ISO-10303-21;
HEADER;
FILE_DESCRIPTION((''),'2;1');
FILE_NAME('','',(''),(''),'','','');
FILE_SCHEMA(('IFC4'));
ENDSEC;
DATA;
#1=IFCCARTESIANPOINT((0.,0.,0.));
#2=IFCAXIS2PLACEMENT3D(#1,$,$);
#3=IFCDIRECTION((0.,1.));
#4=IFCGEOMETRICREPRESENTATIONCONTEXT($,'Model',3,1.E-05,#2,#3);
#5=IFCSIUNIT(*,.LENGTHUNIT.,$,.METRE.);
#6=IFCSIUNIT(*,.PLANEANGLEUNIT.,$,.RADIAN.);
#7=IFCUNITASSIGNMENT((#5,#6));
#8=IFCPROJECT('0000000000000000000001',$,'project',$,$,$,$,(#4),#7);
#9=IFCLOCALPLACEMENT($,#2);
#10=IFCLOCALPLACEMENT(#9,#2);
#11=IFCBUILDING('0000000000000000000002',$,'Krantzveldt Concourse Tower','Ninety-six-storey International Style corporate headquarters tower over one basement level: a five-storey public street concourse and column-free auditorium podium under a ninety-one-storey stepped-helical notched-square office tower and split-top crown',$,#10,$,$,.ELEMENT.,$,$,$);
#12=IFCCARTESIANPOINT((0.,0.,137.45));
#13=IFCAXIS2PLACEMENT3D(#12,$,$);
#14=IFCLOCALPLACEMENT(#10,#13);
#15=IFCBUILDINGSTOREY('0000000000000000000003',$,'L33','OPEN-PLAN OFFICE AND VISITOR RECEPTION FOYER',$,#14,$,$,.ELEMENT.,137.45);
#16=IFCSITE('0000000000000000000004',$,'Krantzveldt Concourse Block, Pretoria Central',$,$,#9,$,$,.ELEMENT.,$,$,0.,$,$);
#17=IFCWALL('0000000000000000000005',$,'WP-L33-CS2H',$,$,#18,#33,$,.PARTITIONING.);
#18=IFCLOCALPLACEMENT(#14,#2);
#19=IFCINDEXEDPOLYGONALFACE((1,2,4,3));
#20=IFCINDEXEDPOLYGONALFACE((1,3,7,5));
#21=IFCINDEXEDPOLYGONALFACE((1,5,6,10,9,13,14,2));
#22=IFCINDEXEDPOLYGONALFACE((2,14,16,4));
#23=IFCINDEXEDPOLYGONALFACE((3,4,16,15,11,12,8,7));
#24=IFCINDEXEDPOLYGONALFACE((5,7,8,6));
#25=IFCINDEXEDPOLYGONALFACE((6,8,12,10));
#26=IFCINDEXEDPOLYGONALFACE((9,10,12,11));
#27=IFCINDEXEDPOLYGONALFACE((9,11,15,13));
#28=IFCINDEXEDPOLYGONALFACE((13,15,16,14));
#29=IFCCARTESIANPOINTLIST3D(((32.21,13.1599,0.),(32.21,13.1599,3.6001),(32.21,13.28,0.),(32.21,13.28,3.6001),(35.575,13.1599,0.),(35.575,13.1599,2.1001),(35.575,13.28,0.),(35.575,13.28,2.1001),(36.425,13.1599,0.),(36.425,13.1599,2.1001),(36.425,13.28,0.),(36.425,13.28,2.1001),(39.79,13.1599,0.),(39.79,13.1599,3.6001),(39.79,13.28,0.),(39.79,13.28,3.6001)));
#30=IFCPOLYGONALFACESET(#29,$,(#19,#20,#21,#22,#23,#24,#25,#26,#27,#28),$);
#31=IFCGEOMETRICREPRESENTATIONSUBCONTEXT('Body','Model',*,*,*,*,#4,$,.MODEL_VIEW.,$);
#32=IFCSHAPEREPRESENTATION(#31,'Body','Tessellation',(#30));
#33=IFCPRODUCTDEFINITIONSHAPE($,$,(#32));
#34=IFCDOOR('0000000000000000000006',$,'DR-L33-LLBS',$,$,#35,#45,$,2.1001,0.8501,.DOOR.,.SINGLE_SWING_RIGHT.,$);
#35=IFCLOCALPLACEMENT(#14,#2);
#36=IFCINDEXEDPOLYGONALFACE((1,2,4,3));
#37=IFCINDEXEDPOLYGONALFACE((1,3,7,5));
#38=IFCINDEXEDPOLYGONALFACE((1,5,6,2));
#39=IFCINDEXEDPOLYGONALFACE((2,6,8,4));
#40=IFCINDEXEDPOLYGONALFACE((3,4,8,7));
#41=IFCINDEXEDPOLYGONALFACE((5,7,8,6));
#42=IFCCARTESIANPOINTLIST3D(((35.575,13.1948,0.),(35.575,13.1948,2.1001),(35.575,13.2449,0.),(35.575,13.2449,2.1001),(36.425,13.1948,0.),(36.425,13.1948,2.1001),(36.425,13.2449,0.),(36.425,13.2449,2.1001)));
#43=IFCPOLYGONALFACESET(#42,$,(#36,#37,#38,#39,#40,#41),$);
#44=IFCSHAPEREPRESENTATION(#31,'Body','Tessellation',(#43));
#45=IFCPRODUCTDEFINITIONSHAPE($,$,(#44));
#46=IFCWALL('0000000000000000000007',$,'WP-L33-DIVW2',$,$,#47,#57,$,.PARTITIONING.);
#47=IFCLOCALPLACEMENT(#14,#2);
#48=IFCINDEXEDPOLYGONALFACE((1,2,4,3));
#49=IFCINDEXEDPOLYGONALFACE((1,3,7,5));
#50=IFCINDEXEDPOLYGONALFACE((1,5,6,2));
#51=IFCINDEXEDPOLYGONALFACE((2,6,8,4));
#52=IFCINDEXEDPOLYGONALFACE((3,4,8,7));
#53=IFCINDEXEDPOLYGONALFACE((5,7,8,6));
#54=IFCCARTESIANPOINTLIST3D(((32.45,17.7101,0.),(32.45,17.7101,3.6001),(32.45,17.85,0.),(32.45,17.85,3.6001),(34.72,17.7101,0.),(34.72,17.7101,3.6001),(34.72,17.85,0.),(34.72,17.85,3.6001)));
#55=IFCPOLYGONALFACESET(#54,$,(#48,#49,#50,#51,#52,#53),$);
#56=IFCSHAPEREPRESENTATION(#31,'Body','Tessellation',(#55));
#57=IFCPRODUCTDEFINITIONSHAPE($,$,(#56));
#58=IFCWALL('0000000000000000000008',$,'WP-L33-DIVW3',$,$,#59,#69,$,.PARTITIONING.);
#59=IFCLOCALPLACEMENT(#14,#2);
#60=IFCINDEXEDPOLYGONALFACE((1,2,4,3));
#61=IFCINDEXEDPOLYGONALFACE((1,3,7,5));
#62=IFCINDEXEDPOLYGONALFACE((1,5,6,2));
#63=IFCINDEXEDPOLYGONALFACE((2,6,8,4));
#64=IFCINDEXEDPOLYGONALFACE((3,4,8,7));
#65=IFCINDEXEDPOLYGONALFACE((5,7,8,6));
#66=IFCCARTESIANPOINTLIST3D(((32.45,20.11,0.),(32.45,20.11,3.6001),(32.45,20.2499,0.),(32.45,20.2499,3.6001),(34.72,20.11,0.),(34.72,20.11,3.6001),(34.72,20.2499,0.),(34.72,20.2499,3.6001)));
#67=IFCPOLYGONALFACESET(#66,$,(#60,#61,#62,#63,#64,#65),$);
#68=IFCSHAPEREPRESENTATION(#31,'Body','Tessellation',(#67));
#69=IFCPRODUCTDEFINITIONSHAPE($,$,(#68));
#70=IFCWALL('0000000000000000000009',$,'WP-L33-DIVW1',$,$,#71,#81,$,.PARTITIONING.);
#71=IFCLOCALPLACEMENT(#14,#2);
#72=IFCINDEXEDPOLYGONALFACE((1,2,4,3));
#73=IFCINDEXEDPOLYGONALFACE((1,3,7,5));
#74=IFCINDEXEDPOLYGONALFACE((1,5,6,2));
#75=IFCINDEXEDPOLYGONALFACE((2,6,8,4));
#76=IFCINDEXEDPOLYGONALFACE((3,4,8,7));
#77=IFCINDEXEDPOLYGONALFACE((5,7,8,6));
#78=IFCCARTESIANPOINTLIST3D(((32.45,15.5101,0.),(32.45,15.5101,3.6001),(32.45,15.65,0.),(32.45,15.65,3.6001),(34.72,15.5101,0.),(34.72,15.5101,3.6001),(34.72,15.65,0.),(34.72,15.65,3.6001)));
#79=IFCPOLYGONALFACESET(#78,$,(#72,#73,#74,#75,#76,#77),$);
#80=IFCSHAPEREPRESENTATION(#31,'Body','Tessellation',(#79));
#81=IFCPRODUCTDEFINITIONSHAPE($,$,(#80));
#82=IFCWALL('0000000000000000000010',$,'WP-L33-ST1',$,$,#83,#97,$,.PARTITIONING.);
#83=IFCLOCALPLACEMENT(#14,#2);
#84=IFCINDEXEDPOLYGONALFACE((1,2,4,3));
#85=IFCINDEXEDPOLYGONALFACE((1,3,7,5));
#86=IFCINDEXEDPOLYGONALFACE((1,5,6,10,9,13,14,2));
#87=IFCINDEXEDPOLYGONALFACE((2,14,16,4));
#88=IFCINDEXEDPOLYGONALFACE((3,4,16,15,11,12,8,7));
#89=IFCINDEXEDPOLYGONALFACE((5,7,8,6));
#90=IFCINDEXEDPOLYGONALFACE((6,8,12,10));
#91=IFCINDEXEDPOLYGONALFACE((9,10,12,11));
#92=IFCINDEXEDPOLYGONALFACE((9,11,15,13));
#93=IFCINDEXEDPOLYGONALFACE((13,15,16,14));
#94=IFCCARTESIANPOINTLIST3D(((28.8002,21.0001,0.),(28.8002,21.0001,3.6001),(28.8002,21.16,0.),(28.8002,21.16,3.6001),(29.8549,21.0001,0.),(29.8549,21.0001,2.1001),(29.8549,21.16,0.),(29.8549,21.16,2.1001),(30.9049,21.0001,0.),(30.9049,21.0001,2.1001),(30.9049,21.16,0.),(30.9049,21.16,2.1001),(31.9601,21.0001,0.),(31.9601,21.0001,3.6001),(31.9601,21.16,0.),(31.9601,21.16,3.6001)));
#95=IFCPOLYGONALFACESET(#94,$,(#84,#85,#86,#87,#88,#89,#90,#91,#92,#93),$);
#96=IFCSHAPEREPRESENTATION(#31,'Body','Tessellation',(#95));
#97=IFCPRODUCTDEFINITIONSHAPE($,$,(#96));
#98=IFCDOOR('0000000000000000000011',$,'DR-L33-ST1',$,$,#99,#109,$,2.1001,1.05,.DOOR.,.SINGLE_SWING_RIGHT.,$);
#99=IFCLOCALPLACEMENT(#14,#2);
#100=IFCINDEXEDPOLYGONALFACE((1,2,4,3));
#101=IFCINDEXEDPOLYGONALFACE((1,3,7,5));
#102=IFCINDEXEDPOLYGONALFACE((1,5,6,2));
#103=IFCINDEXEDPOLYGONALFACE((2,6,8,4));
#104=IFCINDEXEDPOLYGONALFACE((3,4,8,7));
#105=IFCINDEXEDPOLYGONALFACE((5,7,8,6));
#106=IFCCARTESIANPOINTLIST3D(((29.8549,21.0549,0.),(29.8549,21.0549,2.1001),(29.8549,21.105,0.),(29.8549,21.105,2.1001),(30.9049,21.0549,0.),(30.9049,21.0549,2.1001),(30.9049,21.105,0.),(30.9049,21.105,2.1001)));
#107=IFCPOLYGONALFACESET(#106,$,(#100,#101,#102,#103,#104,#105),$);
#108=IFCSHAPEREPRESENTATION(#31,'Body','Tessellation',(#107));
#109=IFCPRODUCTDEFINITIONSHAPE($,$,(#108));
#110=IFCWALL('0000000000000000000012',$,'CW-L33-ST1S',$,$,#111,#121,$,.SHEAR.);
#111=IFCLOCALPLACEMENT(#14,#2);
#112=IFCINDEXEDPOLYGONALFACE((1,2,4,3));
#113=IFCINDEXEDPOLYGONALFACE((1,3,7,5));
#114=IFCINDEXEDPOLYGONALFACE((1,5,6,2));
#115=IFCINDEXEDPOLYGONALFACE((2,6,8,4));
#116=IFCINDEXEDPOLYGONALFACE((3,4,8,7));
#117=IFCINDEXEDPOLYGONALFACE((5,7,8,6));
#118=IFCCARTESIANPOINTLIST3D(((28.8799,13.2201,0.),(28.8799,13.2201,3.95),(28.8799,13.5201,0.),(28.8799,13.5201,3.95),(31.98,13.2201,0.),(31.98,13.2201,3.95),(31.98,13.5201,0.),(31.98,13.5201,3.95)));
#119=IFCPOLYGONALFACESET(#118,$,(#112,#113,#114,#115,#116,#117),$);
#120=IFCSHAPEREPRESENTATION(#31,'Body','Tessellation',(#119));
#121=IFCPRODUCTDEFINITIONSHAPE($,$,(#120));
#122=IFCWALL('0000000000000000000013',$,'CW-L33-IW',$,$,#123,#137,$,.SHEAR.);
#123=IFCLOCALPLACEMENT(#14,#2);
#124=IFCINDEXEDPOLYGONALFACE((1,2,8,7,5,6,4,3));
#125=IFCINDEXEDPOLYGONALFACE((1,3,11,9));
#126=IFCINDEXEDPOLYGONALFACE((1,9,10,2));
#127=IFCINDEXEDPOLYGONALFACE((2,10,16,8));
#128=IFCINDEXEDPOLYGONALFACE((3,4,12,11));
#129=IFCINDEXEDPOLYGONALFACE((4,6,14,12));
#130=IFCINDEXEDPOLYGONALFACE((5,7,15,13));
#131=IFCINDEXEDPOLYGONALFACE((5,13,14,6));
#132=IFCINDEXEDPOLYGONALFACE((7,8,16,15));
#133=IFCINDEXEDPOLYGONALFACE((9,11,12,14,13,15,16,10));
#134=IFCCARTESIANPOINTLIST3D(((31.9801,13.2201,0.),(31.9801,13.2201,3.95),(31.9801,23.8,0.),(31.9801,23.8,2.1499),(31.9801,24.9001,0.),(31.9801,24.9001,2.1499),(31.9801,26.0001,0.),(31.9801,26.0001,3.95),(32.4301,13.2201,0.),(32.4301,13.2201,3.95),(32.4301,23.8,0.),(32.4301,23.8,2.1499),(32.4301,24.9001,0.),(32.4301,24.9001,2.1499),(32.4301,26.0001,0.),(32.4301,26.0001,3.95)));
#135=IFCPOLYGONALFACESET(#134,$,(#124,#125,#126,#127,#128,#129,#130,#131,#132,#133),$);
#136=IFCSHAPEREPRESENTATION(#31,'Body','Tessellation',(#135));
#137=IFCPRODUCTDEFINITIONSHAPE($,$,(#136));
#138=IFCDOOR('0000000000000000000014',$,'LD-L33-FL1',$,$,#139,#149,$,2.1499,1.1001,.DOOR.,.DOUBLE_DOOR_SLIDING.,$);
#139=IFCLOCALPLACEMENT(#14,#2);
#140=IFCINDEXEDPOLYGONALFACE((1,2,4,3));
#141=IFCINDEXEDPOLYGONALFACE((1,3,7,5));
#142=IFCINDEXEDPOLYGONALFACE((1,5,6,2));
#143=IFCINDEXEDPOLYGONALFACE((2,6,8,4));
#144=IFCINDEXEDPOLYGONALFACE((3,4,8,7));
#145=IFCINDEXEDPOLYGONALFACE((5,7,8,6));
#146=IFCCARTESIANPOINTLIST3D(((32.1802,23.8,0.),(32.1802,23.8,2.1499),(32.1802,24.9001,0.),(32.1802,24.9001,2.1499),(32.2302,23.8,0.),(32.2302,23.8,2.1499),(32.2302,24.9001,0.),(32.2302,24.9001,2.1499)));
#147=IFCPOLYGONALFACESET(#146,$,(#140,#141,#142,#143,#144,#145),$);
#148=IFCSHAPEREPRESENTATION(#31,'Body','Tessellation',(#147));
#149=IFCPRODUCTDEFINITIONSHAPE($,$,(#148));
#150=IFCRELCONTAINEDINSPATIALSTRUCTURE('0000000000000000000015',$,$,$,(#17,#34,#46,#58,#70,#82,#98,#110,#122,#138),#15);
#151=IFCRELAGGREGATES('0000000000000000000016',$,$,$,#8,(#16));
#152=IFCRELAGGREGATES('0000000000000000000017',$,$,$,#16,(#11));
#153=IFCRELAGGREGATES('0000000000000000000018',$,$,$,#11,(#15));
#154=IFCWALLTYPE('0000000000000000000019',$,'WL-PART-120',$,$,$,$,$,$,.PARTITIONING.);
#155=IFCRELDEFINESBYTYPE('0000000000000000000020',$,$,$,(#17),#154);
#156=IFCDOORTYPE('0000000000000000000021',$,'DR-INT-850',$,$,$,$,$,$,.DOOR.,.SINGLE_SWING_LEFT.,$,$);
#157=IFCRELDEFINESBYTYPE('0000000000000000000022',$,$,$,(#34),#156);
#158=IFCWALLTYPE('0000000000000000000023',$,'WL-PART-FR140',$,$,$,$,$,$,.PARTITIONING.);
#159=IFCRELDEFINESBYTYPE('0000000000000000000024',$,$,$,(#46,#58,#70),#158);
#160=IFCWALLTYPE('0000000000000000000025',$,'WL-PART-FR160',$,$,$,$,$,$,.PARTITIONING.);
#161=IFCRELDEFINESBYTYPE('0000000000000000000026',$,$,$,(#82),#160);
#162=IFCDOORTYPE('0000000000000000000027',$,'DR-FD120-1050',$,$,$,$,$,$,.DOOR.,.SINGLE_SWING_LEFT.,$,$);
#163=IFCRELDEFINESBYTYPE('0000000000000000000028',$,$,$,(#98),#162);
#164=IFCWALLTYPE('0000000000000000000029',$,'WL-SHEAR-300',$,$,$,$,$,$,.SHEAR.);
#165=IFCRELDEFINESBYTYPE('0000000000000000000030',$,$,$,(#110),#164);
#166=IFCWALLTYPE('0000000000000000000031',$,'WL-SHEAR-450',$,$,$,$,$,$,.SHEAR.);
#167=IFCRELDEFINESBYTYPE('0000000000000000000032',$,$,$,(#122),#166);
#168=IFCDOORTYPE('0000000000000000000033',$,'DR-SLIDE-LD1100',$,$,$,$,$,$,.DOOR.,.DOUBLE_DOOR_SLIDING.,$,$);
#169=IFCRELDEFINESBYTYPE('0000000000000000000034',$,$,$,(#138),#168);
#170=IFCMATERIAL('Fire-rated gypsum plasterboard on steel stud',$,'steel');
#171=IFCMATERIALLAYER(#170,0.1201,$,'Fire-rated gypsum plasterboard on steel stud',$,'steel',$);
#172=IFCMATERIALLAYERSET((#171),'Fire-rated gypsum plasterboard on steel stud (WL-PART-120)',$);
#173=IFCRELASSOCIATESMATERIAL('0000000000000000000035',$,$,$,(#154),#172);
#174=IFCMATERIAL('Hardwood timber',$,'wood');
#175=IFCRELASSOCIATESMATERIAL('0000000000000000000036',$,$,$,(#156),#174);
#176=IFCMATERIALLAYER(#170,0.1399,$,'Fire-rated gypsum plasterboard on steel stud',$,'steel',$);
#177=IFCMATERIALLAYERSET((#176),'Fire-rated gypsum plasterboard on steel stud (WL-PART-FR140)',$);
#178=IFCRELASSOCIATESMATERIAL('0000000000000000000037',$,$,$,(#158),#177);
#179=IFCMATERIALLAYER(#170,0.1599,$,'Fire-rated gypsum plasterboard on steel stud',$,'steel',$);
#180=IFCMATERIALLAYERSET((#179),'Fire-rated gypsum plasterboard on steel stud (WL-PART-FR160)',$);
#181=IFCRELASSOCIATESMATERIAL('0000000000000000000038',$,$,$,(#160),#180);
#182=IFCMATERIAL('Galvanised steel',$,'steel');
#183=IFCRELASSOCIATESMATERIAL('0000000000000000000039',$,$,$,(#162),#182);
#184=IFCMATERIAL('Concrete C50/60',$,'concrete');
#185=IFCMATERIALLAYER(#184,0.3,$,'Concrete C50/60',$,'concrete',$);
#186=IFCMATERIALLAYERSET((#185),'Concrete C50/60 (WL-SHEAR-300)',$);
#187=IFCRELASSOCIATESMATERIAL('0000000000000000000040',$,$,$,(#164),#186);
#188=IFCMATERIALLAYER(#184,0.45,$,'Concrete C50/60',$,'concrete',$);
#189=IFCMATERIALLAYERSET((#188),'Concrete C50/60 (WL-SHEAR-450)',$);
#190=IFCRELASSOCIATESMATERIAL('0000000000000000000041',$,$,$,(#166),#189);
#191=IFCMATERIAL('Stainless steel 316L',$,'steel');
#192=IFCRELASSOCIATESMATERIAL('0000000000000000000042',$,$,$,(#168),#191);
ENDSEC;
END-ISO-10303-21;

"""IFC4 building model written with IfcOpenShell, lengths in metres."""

from ifc_helpers import new_model, si_unit, direction, frame, frame_2d, origin, place, context, subcontext, project, spatial, rectangle, extrude, material, layer, layer_set, type_object, element, fill, save


model = new_model("IFC4")

# Units and contexts
model_context = context("Model", 3, precision=1e-05, world=origin(), true_north=direction((0.0, 1.0)))
body_context = subcontext(model_context, "Body", "Model", "MODEL_VIEW")
ifc_project = project(units=[si_unit("LENGTHUNIT", "METRE"), si_unit("PLANEANGLEUNIT", "RADIAN")], contexts=[model_context])

# Site, building, storey
site_placement = place(None, origin())
site = spatial("IfcSite", under=ifc_project, at=site_placement, Name="Krantzveldt Concourse Block, Pretoria Central", CompositionType="ELEMENT", RefElevation=0.0)
building_placement = place(site_placement, origin())
building = spatial("IfcBuilding", under=site, at=building_placement, Name="Krantzveldt Concourse Tower", Description="Ninety-six-storey International Style corporate headquarters tower over one basement level: a five-storey public street concourse and column-free auditorium podium under a ninety-one-storey stepped-helical notched-square office tower and split-top crown", CompositionType="ELEMENT")
storey_placement = place(building_placement, frame((0.0, 0.0, 137.45)))
storey = spatial("IfcBuildingStorey", under=building, at=storey_placement, Name="L33", Description="OPEN-PLAN OFFICE AND VISITOR RECEPTION FOYER", CompositionType="ELEMENT", Elevation=137.45)

# Wall, opening, door
ifc_material_1 = material(Name="Fire-rated gypsum plasterboard on steel stud", Category="steel")
ifc_layer_1 = layer(ifc_material_1, 0.1201, Name="Fire-rated gypsum plasterboard on steel stud", Category="steel")
ifc_layer_set_1 = layer_set([ifc_layer_1], Name="Fire-rated gypsum plasterboard on steel stud (WL-PART-120)")
wall_type_1 = type_object("IfcWallType", Name="WL-PART-120", PredefinedType="PARTITIONING", material=ifc_layer_set_1)
wall_1_placement = place(storey_placement, frame((32.21, 13.22, 0.0), z_axis=(0.0, 0.0, 1.0), x_axis=(1.0, 0.0, 0.0)))
wall_1 = element("IfcWall", 1, at=wall_1_placement, inside=storey, type_object=wall_type_1, Name="WP-L33-CS2H", PredefinedType="PARTITIONING", context=body_context, shape_type="SweptSolid", body=[
    extrude(rectangle(XDim=7.5801, YDim=0.1201, at=frame_2d((3.79, 0.0))), origin(), (0.0, 0.0, 1.0), 3.6001),
])
opening_1_placement = place(wall_1_placement, frame((3.365, 0.0, 0.0)))
opening_1 = element("IfcOpeningElement", 2, at=opening_1_placement, cuts=wall_1, PredefinedType="OPENING", context=body_context, shape_type="SweptSolid", body=[
    extrude(rectangle(XDim=0.8501, YDim=2.1001, at=frame_2d((0.425, 1.05))), frame((0.0, 0.0701, 0.0), z_axis=(0.0, -1.0, 0.0), x_axis=(1.0, 0.0, 0.0)), (0.0, 0.0, 1.0), 0.1401),
])
ifc_material_2 = material(Name="Hardwood timber", Category="wood")
door_type_1 = type_object("IfcDoorType", Name="DR-INT-850", OperationType="SINGLE_SWING_LEFT", PredefinedType="DOOR", material=ifc_material_2)
door_1_placement = place(opening_1_placement, origin())
door_1 = element("IfcDoor", 3, at=door_1_placement, inside=storey, type_object=door_type_1, Name="DR-L33-LLBS", OperationType="SINGLE_SWING_RIGHT", OverallHeight=2.1001, OverallWidth=0.8501, PredefinedType="DOOR", context=body_context, shape_type="SweptSolid", body=[
    extrude(rectangle(XDim=0.8501, YDim=2.1001, at=frame_2d((0.425, 1.05))), frame((0.0, 0.0249, 0.0), z_axis=(0.0, -1.0, 0.0), x_axis=(1.0, 0.0, 0.0)), (0.0, 0.0, 1.0), 0.05),
])
fill(opening_1, door_1)

# Walls
ifc_layer_2 = layer(ifc_material_1, 0.1399, Name="Fire-rated gypsum plasterboard on steel stud", Category="steel")
ifc_layer_set_2 = layer_set([ifc_layer_2], Name="Fire-rated gypsum plasterboard on steel stud (WL-PART-FR140)")
wall_type_2 = type_object("IfcWallType", Name="WL-PART-FR140", PredefinedType="PARTITIONING", material=ifc_layer_set_2)
for number, where, z_axis, x_axis, name in (
    (4, (32.45, 17.78, 0.0), (0.0, 0.0, 1.0), (1.0, 0.0, 0.0), "WP-L33-DIVW2"),
    (5, (32.45, 20.1799, 0.0), (0.0, 0.0, 1.0), (1.0, 0.0, 0.0), "WP-L33-DIVW3"),
    (6, (32.45, 15.5801, 0.0), (0.0, 0.0, 1.0), (1.0, 0.0, 0.0), "WP-L33-DIVW1"),
):
    element("IfcWall", number, at=place(storey_placement, frame(where, z_axis=z_axis, x_axis=x_axis)), inside=storey, type_object=wall_type_2, Name=name, PredefinedType="PARTITIONING", context=body_context, shape_type="SweptSolid", body=[
        extrude(rectangle(XDim=2.27, YDim=0.1399, at=frame_2d((1.135, 0.0))), origin(), (0.0, 0.0, 1.0), 3.6001),
    ])

# Wall, opening, door
ifc_layer_3 = layer(ifc_material_1, 0.1599, Name="Fire-rated gypsum plasterboard on steel stud", Category="steel")
ifc_layer_set_3 = layer_set([ifc_layer_3], Name="Fire-rated gypsum plasterboard on steel stud (WL-PART-FR160)")
wall_type_3 = type_object("IfcWallType", Name="WL-PART-FR160", PredefinedType="PARTITIONING", material=ifc_layer_set_3)
wall_2_placement = place(storey_placement, frame((28.8, 21.0801, 0.0), z_axis=(0.0, 0.0, 1.0), x_axis=(1.0, 0.0, 0.0)))
wall_2 = element("IfcWall", 7, at=wall_2_placement, inside=storey, type_object=wall_type_3, Name="WP-L33-ST1", PredefinedType="PARTITIONING", context=body_context, shape_type="SweptSolid", body=[
    extrude(rectangle(XDim=3.1599, YDim=0.1599, at=frame_2d((1.5801, 0.0))), origin(), (0.0, 0.0, 1.0), 3.6001),
])
opening_2_placement = place(wall_2_placement, frame((1.0549, 0.0, 0.0)))
opening_2 = element("IfcOpeningElement", 8, at=opening_2_placement, cuts=wall_2, PredefinedType="OPENING", context=body_context, shape_type="SweptSolid", body=[
    extrude(rectangle(XDim=1.05, YDim=2.1001, at=frame_2d((0.5249, 1.05))), frame((0.0, 0.0898, 0.0), z_axis=(0.0, -1.0, 0.0), x_axis=(1.0, 0.0, 0.0)), (0.0, 0.0, 1.0), 0.1799),
])
ifc_material_3 = material(Name="Galvanised steel", Category="steel")
door_type_2 = type_object("IfcDoorType", Name="DR-FD120-1050", OperationType="SINGLE_SWING_LEFT", PredefinedType="DOOR", material=ifc_material_3)
door_2_placement = place(opening_2_placement, origin())
door_2 = element("IfcDoor", 9, at=door_2_placement, inside=storey, type_object=door_type_2, Name="DR-L33-ST1", OperationType="SINGLE_SWING_RIGHT", OverallHeight=2.1001, OverallWidth=1.05, PredefinedType="DOOR", context=body_context, shape_type="SweptSolid", body=[
    extrude(rectangle(XDim=1.05, YDim=2.1001, at=frame_2d((0.5249, 1.05))), frame((0.0, 0.0249, 0.0), z_axis=(0.0, -1.0, 0.0), x_axis=(1.0, 0.0, 0.0)), (0.0, 0.0, 1.0), 0.05),
])
fill(opening_2, door_2)

# Wall
ifc_material_4 = material(Name="Concrete C50/60", Category="concrete")
ifc_layer_4 = layer(ifc_material_4, 0.3, Name="Concrete C50/60", Category="concrete")
ifc_layer_set_4 = layer_set([ifc_layer_4], Name="Concrete C50/60 (WL-SHEAR-300)")
wall_type_4 = type_object("IfcWallType", Name="WL-SHEAR-300", PredefinedType="SHEAR", material=ifc_layer_set_4)
wall_3_placement = place(storey_placement, frame((28.8799, 13.3701, 0.0), z_axis=(0.0, 0.0, 1.0), x_axis=(1.0, 0.0, 0.0)))
element("IfcWall", 10, at=wall_3_placement, inside=storey, type_object=wall_type_4, Name="CW-L33-ST1S", PredefinedType="SHEAR", context=body_context, shape_type="SweptSolid", body=[
    extrude(rectangle(XDim=3.1001, YDim=0.3, at=frame_2d((1.55, 0.0))), origin(), (0.0, 0.0, 1.0), 3.95),
])

# Wall, opening, door
ifc_layer_5 = layer(ifc_material_4, 0.45, Name="Concrete C50/60", Category="concrete")
ifc_layer_set_5 = layer_set([ifc_layer_5], Name="Concrete C50/60 (WL-SHEAR-450)")
wall_type_5 = type_object("IfcWallType", Name="WL-SHEAR-450", PredefinedType="SHEAR", material=ifc_layer_set_5)
wall_4_placement = place(storey_placement, frame((32.2051, 13.22, 0.0), z_axis=(0.0, 0.0, 1.0), x_axis=(0.0, 1.0, 0.0)))
wall_4 = element("IfcWall", 11, at=wall_4_placement, inside=storey, type_object=wall_type_5, Name="CW-L33-IW", PredefinedType="SHEAR", context=body_context, shape_type="SweptSolid", body=[
    extrude(rectangle(XDim=12.78, YDim=0.45, at=frame_2d((6.3901, 0.0))), origin(), (0.0, 0.0, 1.0), 3.95),
])
opening_3_placement = place(wall_4_placement, frame((10.5801, 0.0, 0.0)))
opening_3 = element("IfcOpeningElement", 12, at=opening_3_placement, cuts=wall_4, PredefinedType="OPENING", context=body_context, shape_type="SweptSolid", body=[
    extrude(rectangle(XDim=1.1001, YDim=2.1499, at=frame_2d((0.55, 1.075))), frame((0.0, 0.2349, 0.0), z_axis=(0.0, -1.0, 0.0), x_axis=(1.0, 0.0, 0.0)), (0.0, 0.0, 1.0), 0.47),
])
ifc_material_5 = material(Name="Stainless steel 316L", Category="steel")
door_type_3 = type_object("IfcDoorType", Name="DR-SLIDE-LD1100", OperationType="DOUBLE_DOOR_SLIDING", PredefinedType="DOOR", material=ifc_material_5)
door_3_placement = place(opening_3_placement, origin())
door_3 = element("IfcDoor", 13, at=door_3_placement, inside=storey, type_object=door_type_3, Name="LD-L33-FL1", OperationType="DOUBLE_DOOR_SLIDING", OverallHeight=2.1499, OverallWidth=1.1001, PredefinedType="DOOR", context=body_context, shape_type="SweptSolid", body=[
    extrude(rectangle(XDim=1.1001, YDim=2.1499, at=frame_2d((0.55, 1.075))), frame((0.0, 0.0249, 0.0), z_axis=(0.0, -1.0, 0.0), x_axis=(1.0, 0.0, 0.0)), (0.0, 0.0, 1.0), 0.05),
])
fill(opening_3, door_3)

save(model, "model.ifc")
